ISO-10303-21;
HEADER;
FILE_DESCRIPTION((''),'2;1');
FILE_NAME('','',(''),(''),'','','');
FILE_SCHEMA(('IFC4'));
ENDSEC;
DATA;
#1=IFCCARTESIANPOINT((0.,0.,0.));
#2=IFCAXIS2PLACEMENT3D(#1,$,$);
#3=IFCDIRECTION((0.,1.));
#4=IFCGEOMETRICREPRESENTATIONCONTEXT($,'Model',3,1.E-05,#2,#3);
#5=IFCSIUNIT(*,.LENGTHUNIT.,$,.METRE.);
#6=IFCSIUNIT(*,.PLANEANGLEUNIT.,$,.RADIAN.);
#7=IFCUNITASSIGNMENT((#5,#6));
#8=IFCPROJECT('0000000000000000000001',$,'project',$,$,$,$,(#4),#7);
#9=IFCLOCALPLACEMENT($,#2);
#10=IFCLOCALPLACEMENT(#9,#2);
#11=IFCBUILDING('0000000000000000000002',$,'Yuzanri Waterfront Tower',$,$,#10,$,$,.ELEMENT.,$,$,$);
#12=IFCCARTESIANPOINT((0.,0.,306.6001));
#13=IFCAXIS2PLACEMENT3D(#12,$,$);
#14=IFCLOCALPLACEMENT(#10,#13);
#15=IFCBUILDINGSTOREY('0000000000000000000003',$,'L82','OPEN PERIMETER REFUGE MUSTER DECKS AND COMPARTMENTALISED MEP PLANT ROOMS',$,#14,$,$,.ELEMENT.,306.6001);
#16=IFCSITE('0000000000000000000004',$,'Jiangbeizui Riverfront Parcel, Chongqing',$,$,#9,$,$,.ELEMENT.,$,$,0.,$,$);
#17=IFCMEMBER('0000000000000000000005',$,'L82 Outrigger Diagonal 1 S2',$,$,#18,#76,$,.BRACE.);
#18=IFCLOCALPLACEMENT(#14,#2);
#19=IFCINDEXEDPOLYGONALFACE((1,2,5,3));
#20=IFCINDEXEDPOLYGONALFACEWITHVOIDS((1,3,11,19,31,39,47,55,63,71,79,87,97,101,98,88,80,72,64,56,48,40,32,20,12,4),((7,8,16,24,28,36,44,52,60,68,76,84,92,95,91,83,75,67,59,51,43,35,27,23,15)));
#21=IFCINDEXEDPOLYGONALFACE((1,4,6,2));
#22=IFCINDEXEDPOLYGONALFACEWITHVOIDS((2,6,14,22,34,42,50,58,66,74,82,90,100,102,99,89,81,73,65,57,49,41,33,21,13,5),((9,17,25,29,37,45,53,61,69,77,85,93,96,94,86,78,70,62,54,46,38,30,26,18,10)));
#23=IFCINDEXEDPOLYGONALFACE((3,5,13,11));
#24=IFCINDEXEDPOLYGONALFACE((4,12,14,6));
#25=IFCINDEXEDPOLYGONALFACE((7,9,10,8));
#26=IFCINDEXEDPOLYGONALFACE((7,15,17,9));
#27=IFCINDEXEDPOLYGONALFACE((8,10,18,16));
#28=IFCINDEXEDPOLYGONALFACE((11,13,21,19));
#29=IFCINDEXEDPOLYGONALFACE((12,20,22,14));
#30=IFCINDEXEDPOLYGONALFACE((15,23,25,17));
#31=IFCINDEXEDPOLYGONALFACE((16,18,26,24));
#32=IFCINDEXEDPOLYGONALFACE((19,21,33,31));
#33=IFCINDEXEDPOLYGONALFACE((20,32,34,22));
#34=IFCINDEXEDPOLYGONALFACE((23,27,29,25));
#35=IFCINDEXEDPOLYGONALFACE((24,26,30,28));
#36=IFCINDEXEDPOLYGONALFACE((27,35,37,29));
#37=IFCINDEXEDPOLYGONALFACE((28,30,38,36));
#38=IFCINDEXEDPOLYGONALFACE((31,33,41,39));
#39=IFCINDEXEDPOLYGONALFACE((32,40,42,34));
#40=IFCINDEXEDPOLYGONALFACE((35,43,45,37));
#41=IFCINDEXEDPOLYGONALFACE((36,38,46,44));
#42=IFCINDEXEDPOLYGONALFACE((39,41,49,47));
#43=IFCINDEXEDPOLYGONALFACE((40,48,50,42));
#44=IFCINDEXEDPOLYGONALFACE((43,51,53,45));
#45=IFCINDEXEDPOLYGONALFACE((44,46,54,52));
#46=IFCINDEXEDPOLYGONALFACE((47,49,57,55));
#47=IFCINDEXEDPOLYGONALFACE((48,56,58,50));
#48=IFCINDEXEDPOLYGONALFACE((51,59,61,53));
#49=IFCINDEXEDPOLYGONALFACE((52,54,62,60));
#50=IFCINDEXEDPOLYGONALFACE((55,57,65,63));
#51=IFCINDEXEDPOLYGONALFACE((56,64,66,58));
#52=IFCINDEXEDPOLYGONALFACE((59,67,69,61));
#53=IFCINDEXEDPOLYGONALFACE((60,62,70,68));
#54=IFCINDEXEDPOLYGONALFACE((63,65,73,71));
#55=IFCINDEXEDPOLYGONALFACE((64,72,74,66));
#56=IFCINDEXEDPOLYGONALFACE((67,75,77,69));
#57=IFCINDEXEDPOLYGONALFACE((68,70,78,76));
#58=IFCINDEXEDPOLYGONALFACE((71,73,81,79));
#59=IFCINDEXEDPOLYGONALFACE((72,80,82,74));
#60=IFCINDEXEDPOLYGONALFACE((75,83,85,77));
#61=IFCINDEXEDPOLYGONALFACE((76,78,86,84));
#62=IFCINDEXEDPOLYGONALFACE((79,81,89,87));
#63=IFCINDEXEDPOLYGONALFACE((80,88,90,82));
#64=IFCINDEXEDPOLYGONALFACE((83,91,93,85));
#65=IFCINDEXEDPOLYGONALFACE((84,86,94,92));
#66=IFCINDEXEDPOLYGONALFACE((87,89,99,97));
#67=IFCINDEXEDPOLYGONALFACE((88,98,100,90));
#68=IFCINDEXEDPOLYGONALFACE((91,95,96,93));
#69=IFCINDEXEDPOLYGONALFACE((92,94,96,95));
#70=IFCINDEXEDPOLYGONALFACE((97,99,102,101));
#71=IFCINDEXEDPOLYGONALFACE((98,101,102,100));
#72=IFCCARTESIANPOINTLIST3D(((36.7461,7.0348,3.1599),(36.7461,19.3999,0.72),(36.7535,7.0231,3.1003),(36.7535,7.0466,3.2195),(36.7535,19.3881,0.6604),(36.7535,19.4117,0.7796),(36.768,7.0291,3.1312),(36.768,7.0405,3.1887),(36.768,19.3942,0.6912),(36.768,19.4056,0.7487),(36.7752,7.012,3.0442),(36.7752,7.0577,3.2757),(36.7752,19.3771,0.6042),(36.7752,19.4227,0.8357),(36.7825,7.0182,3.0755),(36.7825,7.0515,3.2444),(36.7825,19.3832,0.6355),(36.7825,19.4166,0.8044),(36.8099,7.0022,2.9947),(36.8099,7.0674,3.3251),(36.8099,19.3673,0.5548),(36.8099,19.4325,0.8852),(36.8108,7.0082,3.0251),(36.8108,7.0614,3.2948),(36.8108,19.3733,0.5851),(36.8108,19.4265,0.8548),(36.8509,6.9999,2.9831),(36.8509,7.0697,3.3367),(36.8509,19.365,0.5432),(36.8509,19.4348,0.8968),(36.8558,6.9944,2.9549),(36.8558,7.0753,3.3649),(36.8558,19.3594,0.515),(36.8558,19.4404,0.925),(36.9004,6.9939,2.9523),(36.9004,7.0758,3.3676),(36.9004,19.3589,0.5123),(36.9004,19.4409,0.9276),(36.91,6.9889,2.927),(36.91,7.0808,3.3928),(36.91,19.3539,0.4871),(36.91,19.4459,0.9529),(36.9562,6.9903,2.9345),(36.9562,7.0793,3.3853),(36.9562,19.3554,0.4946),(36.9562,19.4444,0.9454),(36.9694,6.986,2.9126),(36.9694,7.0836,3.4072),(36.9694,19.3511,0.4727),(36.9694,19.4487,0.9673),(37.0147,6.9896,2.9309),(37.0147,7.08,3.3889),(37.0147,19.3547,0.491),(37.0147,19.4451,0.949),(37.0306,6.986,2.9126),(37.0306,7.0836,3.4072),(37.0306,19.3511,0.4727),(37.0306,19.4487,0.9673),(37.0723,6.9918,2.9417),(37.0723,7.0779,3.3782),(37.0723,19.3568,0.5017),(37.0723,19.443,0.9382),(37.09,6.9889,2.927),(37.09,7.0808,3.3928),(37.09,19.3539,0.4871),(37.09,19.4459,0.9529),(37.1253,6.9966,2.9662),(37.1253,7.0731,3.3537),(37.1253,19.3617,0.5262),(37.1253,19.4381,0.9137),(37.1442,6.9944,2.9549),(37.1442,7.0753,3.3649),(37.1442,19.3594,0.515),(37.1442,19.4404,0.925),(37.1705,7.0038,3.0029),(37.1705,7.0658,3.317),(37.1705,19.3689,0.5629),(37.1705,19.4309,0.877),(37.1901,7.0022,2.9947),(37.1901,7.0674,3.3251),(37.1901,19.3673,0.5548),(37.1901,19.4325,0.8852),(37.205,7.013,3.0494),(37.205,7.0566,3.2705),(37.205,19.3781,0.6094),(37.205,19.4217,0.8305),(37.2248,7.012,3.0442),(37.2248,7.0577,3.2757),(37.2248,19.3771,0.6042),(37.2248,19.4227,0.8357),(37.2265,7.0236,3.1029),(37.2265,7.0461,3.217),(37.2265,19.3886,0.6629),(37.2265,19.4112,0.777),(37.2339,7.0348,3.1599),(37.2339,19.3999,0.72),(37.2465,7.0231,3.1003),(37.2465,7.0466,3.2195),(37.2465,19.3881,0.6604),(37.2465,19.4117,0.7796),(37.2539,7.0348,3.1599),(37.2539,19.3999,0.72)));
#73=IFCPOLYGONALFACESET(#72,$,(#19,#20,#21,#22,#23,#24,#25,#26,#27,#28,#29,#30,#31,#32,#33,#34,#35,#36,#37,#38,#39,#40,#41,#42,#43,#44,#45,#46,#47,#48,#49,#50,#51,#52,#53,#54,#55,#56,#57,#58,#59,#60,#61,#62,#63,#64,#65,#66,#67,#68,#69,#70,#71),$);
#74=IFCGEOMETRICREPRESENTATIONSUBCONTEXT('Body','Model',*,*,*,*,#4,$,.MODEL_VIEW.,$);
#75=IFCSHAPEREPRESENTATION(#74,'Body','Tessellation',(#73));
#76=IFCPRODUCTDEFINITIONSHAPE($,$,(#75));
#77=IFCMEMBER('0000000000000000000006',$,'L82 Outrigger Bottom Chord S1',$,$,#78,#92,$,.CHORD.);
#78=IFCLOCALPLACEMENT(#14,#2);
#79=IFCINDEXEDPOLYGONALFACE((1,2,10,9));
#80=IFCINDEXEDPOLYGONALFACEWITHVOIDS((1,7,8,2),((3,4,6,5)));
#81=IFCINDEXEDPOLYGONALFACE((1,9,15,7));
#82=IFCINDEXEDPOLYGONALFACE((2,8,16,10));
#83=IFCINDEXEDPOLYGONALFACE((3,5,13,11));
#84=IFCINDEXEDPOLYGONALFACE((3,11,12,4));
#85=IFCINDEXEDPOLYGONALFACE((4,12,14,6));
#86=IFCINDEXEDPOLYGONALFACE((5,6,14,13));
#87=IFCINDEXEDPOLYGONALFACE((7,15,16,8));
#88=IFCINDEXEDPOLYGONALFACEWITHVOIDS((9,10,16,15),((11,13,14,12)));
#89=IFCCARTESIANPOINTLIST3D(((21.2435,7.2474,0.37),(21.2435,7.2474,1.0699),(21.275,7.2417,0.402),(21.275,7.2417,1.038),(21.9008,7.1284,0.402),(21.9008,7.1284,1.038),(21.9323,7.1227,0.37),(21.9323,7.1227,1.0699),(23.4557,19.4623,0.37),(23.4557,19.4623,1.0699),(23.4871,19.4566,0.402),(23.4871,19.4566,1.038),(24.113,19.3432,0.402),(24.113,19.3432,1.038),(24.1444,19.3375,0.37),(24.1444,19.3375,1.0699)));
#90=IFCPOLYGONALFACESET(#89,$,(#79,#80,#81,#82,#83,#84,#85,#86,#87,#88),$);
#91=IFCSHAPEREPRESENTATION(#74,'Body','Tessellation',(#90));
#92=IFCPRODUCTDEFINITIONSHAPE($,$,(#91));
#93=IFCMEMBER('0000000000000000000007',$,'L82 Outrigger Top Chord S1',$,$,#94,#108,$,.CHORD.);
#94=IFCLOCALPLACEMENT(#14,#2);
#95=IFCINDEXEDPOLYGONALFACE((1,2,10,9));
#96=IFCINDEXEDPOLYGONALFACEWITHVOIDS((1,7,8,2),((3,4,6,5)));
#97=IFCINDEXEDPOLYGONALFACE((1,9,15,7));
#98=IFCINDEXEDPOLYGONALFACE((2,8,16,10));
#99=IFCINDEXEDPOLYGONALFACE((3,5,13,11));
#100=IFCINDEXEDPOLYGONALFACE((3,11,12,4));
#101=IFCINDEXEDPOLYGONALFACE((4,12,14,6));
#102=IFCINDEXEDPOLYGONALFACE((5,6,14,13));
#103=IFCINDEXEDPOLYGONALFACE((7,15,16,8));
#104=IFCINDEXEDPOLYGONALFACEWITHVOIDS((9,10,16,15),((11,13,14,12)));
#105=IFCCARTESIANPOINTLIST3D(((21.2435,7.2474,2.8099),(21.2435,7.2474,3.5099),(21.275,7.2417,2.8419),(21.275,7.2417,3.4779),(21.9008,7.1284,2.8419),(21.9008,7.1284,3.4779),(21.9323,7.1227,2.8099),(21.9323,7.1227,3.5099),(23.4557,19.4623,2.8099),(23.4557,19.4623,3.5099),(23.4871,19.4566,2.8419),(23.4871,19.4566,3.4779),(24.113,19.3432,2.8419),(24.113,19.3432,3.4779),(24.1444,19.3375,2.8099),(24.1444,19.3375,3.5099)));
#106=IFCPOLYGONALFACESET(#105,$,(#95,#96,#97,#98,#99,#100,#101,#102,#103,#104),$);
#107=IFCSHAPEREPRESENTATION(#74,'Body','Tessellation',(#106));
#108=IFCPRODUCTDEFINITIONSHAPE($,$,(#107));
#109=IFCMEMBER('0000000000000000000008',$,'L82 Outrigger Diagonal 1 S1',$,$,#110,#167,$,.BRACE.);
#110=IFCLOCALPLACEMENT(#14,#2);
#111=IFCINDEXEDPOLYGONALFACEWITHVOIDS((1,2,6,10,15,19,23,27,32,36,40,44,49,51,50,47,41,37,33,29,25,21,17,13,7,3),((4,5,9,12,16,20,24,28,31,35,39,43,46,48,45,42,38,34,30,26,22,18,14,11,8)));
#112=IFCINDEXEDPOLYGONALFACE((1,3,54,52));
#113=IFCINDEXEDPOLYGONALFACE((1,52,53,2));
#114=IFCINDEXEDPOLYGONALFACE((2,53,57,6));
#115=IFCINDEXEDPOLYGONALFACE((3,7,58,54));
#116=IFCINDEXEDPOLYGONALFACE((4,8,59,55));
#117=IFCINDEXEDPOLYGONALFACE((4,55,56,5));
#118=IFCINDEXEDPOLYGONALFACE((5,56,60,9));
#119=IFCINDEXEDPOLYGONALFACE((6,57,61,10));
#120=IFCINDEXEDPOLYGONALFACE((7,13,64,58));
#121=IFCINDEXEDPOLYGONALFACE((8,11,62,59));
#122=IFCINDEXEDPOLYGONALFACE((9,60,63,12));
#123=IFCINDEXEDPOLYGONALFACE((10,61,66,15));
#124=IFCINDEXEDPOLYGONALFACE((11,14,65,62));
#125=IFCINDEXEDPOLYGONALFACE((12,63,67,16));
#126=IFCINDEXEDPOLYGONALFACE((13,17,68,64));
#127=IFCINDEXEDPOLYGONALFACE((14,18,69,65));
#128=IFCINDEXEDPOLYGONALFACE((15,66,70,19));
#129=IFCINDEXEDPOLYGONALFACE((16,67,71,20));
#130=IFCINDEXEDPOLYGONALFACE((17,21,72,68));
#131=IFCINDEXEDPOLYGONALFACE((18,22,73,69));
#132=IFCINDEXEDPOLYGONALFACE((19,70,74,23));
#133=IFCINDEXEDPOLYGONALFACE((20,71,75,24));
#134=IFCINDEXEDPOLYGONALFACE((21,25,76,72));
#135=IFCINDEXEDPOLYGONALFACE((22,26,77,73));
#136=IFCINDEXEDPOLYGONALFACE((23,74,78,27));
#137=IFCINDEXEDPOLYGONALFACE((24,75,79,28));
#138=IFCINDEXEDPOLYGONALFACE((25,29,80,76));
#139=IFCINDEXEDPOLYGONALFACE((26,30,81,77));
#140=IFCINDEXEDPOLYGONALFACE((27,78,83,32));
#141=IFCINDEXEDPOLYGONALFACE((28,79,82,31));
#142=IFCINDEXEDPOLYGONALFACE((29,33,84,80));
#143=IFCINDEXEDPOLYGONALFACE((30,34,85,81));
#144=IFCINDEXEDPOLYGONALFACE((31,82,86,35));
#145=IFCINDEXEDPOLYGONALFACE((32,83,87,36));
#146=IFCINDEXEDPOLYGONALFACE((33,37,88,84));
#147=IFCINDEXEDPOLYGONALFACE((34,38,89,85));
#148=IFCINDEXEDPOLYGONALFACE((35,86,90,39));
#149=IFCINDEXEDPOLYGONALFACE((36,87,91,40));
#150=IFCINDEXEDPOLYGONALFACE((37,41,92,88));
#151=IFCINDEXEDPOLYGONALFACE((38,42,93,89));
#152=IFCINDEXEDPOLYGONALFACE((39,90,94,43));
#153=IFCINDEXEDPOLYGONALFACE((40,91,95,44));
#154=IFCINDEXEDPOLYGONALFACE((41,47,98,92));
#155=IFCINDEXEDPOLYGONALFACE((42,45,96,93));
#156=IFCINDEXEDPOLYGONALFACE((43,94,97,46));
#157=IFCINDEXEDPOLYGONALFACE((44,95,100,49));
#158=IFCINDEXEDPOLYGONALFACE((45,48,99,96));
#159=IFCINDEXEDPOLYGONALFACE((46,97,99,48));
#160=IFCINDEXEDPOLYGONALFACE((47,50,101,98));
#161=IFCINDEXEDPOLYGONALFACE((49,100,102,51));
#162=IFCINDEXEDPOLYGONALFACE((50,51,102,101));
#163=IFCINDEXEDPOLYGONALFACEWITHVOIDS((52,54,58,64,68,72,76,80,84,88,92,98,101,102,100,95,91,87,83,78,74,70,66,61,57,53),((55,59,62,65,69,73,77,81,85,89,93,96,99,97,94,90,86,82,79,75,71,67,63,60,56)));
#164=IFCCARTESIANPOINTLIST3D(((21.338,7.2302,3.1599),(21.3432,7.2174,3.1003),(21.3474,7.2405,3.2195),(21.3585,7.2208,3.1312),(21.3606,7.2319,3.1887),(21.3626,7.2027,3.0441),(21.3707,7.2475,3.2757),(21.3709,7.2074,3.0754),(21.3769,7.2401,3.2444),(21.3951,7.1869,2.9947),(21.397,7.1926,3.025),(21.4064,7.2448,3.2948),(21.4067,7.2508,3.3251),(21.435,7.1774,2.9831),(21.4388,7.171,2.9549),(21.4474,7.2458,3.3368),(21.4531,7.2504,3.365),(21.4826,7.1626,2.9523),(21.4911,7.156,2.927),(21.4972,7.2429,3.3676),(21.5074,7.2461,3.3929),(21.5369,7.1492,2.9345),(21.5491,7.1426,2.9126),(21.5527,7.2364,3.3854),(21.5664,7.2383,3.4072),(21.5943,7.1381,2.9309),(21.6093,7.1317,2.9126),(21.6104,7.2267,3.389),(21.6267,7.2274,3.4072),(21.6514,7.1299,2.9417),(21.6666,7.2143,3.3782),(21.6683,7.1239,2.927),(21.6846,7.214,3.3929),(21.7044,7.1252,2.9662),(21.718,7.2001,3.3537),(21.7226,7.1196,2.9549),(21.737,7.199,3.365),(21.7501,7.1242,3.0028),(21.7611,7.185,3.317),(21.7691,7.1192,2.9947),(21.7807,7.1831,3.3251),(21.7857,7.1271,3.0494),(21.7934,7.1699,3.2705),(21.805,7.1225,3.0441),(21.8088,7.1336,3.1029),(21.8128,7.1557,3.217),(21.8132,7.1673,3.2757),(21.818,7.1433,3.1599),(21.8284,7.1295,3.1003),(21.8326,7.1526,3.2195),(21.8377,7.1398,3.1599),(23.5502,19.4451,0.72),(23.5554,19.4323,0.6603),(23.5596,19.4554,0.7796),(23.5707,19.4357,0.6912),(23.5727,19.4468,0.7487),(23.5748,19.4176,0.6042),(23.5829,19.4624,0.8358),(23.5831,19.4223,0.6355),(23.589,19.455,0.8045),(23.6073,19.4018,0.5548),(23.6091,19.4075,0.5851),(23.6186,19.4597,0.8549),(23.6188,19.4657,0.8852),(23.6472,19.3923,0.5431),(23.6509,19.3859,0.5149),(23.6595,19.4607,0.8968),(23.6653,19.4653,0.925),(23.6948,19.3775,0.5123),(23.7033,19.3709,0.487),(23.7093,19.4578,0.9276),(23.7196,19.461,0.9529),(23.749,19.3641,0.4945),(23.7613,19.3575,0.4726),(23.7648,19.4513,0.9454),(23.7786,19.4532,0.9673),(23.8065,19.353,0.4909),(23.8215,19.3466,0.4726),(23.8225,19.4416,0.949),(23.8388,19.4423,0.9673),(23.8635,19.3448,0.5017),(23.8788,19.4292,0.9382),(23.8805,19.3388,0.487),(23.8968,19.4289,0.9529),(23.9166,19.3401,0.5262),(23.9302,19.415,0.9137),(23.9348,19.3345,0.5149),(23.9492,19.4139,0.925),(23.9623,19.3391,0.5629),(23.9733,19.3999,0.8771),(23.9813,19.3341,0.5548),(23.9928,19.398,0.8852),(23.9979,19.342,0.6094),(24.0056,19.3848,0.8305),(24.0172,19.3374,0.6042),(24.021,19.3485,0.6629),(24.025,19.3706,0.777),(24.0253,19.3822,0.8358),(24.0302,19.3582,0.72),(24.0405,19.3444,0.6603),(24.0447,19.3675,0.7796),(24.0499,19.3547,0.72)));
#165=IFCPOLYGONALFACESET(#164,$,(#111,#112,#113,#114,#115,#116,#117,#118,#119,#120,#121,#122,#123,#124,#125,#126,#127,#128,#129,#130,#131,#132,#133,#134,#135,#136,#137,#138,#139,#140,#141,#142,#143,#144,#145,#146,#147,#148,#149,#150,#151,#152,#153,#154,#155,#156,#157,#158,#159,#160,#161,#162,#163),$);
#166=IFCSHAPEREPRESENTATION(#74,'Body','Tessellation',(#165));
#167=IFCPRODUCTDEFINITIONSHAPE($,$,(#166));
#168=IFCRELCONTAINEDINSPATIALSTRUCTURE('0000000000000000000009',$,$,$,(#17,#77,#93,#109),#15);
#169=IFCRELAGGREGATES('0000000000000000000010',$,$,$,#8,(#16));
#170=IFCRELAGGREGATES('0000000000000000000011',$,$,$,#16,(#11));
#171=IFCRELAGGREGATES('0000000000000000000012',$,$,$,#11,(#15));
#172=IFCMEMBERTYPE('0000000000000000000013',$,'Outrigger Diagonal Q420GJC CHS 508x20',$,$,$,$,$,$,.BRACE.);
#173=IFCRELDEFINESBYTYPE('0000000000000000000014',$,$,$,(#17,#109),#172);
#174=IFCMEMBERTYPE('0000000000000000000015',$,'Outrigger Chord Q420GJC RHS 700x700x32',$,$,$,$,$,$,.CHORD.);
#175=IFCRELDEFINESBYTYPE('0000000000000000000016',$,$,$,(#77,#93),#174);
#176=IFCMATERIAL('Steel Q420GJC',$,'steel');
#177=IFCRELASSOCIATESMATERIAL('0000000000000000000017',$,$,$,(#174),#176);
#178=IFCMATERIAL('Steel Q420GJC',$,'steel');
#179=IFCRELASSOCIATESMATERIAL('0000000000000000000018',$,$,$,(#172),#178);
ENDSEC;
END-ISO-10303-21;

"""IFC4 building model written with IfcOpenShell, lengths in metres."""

from ifc_helpers import new_model, si_unit, direction, frame, origin, origin_2d, place, context, subcontext, project, spatial, hollow_rectangle, hollow_circle, extrude, source, transform, mapped, material, material_profile, profile_set, type_object, element, save


model = new_model("IFC4")

# Units and contexts
model_context = context("Model", 3, precision=1e-05, world=origin(), true_north=direction((0.0, 1.0)))
body_context = subcontext(model_context, "Body", "Model", "MODEL_VIEW")
ifc_project = project(units=[si_unit("LENGTHUNIT", "METRE"), si_unit("PLANEANGLEUNIT", "RADIAN")], contexts=[model_context])

# Site, building, storey
site_placement = place(None, origin())
site = spatial("IfcSite", under=ifc_project, at=site_placement, Name="Jiangbeizui Riverfront Parcel, Chongqing", CompositionType="ELEMENT", RefElevation=0.0)
building_placement = place(site_placement, origin())
building = spatial("IfcBuilding", under=site, at=building_placement, Name="Yuzanri Waterfront Tower", CompositionType="ELEMENT")
storey_placement = place(building_placement, frame((0.0, 0.0, 306.6001)))
storey = spatial("IfcBuildingStorey", under=building, at=storey_placement, Name="L82", Description="OPEN PERIMETER REFUGE MUSTER DECKS AND COMPARTMENTALISED MEP PLANT ROOMS", CompositionType="ELEMENT", Elevation=306.6001)

# Members
ifc_material_1 = material(Name="Steel Q420GJC", Category="steel")
ifc_material_profile_1 = material_profile(ifc_material_1, hollow_rectangle(XDim=0.7, YDim=0.7, WallThickness=0.032, at=origin_2d()), Name="RHS 700x700x32")
ifc_profile_set_1 = profile_set([ifc_material_profile_1], Name="Steel Q420GJC")
member_type_1 = type_object("IfcMemberType", Name="Outrigger Chord Q420GJC RHS 700x700x32", PredefinedType="CHORD", material=ifc_profile_set_1)
ifc_material_2 = material(Name="Steel Q420GJC", Category="steel")
ifc_material_profile_2 = material_profile(ifc_material_2, hollow_circle(Radius=0.2539, WallThickness=0.02, at=origin_2d()), Name="CHS 508x20")
ifc_profile_set_2 = profile_set([ifc_material_profile_2], Name="Steel Q420GJC")
member_type_2 = type_object("IfcMemberType", Name="Outrigger Diagonal Q420GJC CHS 508x20", PredefinedType="BRACE", material=ifc_profile_set_2)
shared_shape_1 = source(origin(), body_context, "Body", "SweptSolid", [
    extrude(hollow_circle(Radius=0.2539, WallThickness=0.02, at=origin_2d()), origin(), (0.0, 0.0, 1.0), 12.6035),
])
member_placement = place(storey_placement, frame((37.0, 19.3999, 0.72), z_axis=(0.0, -0.981082, 0.193594), x_axis=(1.0, 0.0, 0.0)))
element("IfcMember", 1, at=member_placement, inside=storey, type_object=member_type_2, Name="L82 Outrigger Diagonal 1 S2", PredefinedType="BRACE", context=body_context, shape_type="MappedRepresentation", body=[
    mapped(shared_shape_1, transform((0.0, 0.0, 0.0), scale=1.0)),
])
shared_shape_2 = source(origin(), body_context, "Body", "SweptSolid", [
    extrude(hollow_rectangle(XDim=0.7, YDim=0.7, WallThickness=0.032, at=origin_2d()), origin(), (0.0, 0.0, 1.0), 12.4136),
])
for number, where, z_axis, x_axis, name in (
    (2, (23.8, 19.3999, 0.72), (-0.178205, -0.983993, 0.0), (0.983993, -0.178205, 0.0), "L82 Outrigger Bottom Chord S1"),
    (3, (23.8, 19.3999, 3.1599), (-0.178205, -0.983993, 0.0), (0.983993, -0.178205, 0.0), "L82 Outrigger Top Chord S1"),
):
    element("IfcMember", number, at=place(storey_placement, frame(where, z_axis=z_axis, x_axis=x_axis)), inside=storey, type_object=member_type_1, Name=name, PredefinedType="CHORD", context=body_context, shape_type="MappedRepresentation", body=[
        mapped(shared_shape_2, transform((0.0, 0.0, 0.0), scale=1.0)),
    ])
shared_shape_3 = source(origin(), body_context, "Body", "SweptSolid", [
    extrude(hollow_circle(Radius=0.2539, WallThickness=0.02, at=origin_2d()), origin(), (0.0, 0.0, 1.0), 12.6511),
])
for number, where, z_axis, x_axis, name in (
    (4, (23.8, 19.3999, 0.72), (-0.174859, -0.965519, 0.192865), (0.983993, -0.178205, 0.0), "L82 Outrigger Diagonal 1 S1"),
):
    element("IfcMember", number, at=place(storey_placement, frame(where, z_axis=z_axis, x_axis=x_axis)), inside=storey, type_object=member_type_2, Name=name, PredefinedType="BRACE", context=body_context, shape_type="MappedRepresentation", body=[
        mapped(shared_shape_3, transform((0.0, 0.0, 0.0), scale=1.0)),
    ])

save(model, "model.ifc")
